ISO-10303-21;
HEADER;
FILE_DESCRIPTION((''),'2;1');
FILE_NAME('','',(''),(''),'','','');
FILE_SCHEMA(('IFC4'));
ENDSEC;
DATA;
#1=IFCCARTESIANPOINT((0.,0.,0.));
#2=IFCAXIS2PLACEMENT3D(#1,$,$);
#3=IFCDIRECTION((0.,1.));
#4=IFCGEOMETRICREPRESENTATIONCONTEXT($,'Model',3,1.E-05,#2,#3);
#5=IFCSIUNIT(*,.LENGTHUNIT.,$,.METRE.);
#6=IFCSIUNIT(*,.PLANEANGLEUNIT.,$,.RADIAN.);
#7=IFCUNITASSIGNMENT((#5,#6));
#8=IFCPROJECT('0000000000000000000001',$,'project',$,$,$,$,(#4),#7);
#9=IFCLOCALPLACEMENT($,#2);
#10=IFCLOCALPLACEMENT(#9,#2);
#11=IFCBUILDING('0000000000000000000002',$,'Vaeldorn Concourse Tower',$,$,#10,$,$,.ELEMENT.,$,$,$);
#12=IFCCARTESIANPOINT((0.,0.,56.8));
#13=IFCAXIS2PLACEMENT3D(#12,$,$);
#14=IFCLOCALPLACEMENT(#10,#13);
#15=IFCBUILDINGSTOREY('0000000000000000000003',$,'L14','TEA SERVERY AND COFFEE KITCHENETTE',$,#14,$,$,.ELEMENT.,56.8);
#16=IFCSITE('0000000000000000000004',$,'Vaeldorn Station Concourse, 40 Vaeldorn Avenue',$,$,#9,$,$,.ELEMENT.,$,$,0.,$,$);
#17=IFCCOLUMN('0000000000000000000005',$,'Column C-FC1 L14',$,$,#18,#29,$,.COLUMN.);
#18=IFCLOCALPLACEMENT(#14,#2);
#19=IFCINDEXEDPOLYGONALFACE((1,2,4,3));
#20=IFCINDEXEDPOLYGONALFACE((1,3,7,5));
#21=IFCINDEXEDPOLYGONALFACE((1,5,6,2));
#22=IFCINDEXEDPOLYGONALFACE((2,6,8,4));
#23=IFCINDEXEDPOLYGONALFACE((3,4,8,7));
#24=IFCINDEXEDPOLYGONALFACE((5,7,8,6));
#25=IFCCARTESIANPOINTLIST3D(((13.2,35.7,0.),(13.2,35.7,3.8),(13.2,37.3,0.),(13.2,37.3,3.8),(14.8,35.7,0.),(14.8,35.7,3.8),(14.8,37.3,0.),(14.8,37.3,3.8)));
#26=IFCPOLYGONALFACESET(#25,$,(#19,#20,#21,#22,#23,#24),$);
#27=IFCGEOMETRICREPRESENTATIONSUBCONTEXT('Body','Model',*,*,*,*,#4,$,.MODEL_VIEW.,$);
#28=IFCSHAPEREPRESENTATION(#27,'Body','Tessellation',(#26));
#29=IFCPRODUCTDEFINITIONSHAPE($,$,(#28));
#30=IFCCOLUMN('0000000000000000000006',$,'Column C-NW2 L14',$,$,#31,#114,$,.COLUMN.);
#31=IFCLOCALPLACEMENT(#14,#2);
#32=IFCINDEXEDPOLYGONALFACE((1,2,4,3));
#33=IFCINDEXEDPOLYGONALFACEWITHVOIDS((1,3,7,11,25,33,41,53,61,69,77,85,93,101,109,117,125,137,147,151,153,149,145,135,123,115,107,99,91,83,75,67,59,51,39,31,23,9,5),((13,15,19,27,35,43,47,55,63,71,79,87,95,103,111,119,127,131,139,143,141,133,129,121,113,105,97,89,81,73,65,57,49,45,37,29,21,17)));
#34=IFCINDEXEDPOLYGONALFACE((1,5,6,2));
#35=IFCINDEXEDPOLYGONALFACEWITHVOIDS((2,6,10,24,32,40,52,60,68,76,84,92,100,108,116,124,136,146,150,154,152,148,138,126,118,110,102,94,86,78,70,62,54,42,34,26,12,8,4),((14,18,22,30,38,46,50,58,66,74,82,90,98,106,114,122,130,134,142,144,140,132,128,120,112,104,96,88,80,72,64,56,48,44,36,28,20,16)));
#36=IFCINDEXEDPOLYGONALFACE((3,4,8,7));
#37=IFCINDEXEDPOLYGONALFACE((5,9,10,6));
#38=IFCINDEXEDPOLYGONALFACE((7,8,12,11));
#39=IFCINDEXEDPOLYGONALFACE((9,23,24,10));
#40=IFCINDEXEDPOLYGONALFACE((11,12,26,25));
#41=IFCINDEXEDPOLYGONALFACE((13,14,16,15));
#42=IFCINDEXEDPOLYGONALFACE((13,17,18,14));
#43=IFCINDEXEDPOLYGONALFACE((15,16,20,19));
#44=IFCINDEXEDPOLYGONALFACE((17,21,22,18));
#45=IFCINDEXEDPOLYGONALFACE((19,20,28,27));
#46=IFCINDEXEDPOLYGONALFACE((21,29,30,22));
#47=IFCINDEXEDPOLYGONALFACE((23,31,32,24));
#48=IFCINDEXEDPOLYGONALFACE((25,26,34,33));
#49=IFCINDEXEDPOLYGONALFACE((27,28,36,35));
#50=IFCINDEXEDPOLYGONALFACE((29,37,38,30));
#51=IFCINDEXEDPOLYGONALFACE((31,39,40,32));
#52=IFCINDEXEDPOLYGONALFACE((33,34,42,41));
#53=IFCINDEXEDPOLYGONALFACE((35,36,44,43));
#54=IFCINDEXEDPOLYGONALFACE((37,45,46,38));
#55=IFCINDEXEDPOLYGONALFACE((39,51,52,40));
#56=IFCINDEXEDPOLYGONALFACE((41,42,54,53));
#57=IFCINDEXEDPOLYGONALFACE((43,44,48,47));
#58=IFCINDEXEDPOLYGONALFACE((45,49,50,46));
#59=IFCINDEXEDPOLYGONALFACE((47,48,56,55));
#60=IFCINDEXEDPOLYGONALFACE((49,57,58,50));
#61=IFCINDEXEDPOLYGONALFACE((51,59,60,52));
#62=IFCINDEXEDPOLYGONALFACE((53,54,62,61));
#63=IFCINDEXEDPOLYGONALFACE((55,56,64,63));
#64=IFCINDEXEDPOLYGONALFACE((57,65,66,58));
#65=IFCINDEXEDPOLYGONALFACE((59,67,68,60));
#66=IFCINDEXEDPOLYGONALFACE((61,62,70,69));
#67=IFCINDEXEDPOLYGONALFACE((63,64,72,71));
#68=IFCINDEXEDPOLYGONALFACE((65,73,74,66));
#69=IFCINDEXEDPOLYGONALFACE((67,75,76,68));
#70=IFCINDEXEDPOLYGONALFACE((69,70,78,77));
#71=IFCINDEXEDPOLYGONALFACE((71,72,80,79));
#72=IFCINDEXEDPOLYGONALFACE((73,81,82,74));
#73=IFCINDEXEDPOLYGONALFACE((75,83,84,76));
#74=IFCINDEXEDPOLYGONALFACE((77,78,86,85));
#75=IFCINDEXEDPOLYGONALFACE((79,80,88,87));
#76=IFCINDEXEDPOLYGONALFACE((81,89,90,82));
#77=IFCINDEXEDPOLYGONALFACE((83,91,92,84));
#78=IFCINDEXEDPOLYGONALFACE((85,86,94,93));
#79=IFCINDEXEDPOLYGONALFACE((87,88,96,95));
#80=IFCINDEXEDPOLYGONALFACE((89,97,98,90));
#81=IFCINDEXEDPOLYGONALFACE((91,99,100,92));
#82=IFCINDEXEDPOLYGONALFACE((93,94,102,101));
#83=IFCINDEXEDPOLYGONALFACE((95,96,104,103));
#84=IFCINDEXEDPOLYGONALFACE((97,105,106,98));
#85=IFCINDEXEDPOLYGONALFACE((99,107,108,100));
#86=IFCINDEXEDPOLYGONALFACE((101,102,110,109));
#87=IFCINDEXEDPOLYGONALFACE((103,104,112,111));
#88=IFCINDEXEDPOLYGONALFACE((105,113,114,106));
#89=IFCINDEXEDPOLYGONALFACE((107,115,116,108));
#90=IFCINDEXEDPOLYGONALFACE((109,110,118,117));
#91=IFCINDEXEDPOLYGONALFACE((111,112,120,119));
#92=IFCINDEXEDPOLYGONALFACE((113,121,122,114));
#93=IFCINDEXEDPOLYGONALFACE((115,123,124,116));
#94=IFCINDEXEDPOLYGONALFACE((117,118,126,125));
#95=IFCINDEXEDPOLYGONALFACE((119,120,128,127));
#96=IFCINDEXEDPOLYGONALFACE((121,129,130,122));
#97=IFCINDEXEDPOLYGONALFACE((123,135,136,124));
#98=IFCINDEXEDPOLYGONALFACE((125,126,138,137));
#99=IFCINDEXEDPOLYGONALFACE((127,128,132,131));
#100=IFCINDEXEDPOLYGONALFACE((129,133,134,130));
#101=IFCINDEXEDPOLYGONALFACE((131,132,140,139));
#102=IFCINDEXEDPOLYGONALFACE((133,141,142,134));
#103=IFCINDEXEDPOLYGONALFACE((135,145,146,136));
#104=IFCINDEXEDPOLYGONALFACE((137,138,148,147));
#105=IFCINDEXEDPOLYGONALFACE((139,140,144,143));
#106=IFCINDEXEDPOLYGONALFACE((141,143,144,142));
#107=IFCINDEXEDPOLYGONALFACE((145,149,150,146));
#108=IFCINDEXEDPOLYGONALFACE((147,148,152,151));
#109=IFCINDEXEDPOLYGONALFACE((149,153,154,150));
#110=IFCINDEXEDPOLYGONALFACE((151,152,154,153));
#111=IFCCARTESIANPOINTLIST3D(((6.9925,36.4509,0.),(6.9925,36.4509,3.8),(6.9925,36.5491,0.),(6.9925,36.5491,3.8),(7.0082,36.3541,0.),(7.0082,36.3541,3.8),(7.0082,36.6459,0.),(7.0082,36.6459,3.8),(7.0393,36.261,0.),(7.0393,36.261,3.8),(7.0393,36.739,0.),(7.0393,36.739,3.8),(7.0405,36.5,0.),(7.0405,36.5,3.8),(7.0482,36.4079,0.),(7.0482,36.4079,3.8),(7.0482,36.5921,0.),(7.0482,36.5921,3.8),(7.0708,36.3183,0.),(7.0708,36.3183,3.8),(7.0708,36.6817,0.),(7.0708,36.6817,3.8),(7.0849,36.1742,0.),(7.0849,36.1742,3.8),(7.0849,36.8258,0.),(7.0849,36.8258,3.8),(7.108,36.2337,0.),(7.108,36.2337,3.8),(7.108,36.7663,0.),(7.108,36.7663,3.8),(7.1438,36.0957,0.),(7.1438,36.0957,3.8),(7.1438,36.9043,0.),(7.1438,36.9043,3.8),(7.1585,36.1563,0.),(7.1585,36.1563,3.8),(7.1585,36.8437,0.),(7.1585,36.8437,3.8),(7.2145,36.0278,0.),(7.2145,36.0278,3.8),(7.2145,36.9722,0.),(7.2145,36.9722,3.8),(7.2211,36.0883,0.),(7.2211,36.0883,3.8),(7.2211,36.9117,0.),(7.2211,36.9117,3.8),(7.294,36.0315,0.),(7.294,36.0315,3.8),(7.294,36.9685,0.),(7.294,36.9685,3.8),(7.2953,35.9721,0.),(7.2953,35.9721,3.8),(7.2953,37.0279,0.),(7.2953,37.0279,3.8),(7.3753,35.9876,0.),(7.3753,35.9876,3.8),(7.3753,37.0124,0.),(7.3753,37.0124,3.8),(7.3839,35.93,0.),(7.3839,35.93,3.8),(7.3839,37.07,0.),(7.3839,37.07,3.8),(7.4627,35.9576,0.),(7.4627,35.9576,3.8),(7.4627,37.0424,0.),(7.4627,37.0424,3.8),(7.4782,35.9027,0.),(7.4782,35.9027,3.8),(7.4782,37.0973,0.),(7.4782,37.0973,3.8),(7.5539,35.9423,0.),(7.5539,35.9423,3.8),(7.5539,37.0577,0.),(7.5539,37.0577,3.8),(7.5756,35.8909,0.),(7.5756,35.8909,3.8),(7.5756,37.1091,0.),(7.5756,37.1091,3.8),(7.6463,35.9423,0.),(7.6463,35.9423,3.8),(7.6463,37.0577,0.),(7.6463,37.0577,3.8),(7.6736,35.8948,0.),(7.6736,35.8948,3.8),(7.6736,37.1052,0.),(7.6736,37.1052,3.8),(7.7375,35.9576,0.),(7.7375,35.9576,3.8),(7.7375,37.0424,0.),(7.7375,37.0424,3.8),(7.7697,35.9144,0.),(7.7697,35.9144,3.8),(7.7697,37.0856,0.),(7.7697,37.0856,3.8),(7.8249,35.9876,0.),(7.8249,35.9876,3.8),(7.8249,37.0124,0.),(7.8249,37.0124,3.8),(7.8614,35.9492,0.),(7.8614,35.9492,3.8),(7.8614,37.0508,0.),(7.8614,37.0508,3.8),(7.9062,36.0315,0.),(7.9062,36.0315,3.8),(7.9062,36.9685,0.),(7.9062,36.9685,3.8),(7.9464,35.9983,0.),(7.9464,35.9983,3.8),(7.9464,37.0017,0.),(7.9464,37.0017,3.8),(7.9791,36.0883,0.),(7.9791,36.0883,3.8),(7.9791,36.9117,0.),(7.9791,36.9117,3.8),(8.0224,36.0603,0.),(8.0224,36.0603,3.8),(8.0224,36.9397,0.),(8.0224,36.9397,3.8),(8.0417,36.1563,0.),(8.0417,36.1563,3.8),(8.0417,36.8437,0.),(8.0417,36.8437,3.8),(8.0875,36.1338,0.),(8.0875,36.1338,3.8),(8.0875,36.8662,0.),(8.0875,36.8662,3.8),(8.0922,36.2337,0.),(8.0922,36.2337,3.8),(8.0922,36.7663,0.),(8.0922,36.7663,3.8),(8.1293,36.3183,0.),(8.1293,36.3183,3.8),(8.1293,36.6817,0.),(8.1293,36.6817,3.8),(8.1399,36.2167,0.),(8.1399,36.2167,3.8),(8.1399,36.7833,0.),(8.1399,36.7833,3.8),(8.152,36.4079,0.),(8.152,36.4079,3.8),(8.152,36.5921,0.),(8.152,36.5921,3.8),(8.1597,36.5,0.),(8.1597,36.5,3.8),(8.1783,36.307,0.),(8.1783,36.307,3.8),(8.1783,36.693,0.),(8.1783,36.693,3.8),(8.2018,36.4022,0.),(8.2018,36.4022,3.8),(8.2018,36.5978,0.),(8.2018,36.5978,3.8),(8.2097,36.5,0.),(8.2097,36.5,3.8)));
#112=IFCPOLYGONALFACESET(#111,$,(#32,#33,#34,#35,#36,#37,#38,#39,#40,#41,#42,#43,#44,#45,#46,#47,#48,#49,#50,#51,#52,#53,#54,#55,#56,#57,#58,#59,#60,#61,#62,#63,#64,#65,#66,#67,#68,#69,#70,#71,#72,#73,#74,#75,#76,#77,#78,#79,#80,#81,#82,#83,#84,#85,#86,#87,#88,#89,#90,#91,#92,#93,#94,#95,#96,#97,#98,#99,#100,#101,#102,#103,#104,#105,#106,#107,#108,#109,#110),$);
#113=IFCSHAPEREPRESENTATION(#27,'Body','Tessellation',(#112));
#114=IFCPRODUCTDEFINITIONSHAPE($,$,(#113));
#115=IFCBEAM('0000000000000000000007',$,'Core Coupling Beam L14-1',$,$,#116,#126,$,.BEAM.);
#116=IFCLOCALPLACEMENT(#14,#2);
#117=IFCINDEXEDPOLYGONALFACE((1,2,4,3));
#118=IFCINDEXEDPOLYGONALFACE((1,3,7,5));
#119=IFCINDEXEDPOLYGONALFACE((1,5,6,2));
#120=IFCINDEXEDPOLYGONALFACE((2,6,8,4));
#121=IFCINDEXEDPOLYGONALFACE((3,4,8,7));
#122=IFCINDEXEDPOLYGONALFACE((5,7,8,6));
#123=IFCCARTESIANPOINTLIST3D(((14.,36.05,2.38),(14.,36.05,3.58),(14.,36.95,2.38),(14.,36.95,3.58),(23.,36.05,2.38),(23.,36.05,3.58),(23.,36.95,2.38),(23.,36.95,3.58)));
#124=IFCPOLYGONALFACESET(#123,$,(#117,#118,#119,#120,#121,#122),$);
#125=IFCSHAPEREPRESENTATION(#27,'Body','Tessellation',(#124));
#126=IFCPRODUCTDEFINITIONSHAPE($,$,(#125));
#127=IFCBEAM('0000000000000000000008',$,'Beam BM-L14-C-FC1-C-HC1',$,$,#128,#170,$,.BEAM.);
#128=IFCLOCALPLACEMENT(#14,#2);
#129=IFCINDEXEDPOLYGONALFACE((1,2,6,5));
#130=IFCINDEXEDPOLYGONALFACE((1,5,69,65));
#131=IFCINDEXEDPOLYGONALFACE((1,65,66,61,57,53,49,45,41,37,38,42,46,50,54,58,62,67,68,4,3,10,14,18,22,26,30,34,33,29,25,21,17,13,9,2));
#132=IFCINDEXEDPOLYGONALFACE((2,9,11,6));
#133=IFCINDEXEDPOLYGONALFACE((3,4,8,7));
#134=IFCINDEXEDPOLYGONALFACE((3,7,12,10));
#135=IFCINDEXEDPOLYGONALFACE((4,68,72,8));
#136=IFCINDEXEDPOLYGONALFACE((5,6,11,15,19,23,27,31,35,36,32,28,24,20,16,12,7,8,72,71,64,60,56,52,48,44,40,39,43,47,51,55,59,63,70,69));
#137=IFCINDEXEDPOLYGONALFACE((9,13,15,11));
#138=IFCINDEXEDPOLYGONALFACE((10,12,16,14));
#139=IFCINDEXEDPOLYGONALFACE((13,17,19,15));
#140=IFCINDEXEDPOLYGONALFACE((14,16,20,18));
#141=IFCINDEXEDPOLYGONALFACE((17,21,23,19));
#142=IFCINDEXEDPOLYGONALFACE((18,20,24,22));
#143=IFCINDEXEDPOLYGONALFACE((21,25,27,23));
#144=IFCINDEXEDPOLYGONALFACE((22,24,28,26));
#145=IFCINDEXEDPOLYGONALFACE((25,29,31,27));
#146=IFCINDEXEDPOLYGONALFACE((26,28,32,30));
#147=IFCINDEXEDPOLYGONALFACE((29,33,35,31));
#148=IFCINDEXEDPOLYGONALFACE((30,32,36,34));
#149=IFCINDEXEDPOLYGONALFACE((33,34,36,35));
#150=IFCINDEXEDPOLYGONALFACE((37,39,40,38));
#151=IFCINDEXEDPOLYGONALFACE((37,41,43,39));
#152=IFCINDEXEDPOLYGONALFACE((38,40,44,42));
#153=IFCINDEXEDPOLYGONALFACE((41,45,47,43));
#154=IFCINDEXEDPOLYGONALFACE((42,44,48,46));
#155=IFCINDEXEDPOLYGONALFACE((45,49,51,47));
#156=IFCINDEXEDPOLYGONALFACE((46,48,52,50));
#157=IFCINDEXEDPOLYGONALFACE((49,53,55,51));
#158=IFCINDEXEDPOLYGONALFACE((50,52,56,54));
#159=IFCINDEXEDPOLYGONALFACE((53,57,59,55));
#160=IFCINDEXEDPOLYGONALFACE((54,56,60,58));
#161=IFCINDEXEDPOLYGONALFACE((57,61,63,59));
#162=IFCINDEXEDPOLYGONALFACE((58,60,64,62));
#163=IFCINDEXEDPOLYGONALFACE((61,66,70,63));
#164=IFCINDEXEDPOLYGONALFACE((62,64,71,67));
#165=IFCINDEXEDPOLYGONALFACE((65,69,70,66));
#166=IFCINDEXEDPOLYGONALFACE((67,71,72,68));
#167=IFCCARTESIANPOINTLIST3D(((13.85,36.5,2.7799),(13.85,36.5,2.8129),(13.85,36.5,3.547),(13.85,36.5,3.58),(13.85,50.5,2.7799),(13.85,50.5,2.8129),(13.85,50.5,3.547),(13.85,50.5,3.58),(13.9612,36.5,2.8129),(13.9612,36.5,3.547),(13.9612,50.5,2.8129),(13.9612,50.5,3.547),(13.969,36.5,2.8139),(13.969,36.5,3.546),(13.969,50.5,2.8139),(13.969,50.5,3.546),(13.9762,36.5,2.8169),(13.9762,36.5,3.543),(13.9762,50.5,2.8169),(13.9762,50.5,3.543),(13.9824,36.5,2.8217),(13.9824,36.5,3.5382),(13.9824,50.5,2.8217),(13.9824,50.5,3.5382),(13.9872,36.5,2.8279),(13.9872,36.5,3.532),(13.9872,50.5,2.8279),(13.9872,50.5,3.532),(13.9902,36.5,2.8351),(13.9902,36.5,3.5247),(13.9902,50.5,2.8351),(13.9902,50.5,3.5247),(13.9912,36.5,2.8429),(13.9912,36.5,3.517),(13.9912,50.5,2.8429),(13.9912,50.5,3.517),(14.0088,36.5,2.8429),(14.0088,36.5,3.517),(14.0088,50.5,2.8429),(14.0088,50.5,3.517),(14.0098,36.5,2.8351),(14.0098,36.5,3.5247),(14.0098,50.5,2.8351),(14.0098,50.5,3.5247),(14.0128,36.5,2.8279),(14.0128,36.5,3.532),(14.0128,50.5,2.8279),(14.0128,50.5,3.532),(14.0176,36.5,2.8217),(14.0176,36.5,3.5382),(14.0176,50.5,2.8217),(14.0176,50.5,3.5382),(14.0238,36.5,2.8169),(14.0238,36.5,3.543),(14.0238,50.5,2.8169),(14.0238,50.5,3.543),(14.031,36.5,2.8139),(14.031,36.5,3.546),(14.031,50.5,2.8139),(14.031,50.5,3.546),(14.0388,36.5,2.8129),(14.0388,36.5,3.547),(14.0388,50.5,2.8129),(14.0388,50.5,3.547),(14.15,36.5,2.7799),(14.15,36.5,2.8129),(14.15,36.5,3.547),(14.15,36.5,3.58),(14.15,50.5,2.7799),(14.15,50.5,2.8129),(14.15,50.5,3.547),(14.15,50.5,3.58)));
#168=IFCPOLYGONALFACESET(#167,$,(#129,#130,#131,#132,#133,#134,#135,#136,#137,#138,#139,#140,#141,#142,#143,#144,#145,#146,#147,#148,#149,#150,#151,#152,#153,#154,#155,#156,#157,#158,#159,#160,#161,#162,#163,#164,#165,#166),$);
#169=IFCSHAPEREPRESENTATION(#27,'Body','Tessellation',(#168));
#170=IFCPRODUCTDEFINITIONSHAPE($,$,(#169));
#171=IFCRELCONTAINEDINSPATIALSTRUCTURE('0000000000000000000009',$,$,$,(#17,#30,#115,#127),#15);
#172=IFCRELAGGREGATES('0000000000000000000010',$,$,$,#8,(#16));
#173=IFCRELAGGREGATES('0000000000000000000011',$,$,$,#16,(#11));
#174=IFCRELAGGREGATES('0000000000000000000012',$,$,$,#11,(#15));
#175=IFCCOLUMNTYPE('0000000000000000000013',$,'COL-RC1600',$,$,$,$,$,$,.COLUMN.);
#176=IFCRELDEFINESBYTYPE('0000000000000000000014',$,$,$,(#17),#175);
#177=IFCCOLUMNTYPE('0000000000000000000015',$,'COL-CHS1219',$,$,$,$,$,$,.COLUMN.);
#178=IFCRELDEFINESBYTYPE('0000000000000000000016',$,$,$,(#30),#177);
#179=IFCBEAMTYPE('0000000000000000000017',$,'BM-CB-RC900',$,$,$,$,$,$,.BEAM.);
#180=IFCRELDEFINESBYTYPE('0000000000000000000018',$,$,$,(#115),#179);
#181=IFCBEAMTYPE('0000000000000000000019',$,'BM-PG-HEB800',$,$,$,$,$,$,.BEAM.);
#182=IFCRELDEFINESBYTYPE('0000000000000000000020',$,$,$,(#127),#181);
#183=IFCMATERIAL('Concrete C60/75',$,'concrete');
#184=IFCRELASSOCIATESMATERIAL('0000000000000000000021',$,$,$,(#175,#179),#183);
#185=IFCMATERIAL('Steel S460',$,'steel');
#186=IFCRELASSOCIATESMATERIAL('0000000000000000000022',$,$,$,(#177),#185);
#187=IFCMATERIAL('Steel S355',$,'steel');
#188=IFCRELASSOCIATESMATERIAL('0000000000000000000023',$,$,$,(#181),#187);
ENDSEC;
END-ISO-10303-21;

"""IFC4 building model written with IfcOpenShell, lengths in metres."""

from ifc_helpers import new_model, si_unit, direction, frame, origin, origin_2d, place, context, subcontext, project, spatial, rectangle, hollow_circle, i_section, extrude, source, transform, mapped, material, material_profile, profile_set, type_object, element, save


model = new_model("IFC4")

# Units and contexts
model_context = context("Model", 3, precision=1e-05, world=origin(), true_north=direction((0.0, 1.0)))
body_context = subcontext(model_context, "Body", "Model", "MODEL_VIEW")
ifc_project = project(units=[si_unit("LENGTHUNIT", "METRE"), si_unit("PLANEANGLEUNIT", "RADIAN")], contexts=[model_context])

# Site, building, storey
site_placement = place(None, origin())
site = spatial("IfcSite", under=ifc_project, at=site_placement, Name="Vaeldorn Station Concourse, 40 Vaeldorn Avenue", CompositionType="ELEMENT", RefElevation=0.0)
building_placement = place(site_placement, origin())
building = spatial("IfcBuilding", under=site, at=building_placement, Name="Vaeldorn Concourse Tower", CompositionType="ELEMENT")
storey_placement = place(building_placement, frame((0.0, 0.0, 56.8)))
storey = spatial("IfcBuildingStorey", under=building, at=storey_placement, Name="L14", Description="TEA SERVERY AND COFFEE KITCHENETTE", CompositionType="ELEMENT", Elevation=56.8)

# Columns
ifc_material_1 = material(Name="Concrete C60/75", Category="concrete")
ifc_material_profile_1 = material_profile(ifc_material_1, rectangle(XDim=1.6001, YDim=1.6001, at=origin_2d()), Name="RC 1600x1600")
ifc_profile_set_1 = profile_set([ifc_material_profile_1], Name="Concrete C60/75")
column_type_1 = type_object("IfcColumnType", Name="COL-RC1600", PredefinedType="COLUMN", material=ifc_profile_set_1)
shared_shape_1 = source(origin(), body_context, "Body", "SweptSolid", [
    extrude(rectangle(XDim=1.6001, YDim=1.6001, at=origin_2d()), origin(), (0.0, 0.0, 1.0), 3.8),
])
column_1_placement = place(storey_placement, frame((14.0, 36.5, 0.0), z_axis=(0.0, 0.0, 1.0), x_axis=(1.0, 0.0, 0.0)))
element("IfcColumn", 1, at=column_1_placement, inside=storey, type_object=column_type_1, Name="Column C-FC1 L14", PredefinedType="COLUMN", context=body_context, shape_type="MappedRepresentation", body=[
    mapped(shared_shape_1, transform((0.0, 0.0, 0.0), scale=1.0)),
])
ifc_material_2 = material(Name="Steel S460", Category="steel")
ifc_material_profile_2 = material_profile(ifc_material_2, hollow_circle(Radius=0.6096, WallThickness=0.05, at=origin_2d()), Name="CHS 1219x50")
ifc_profile_set_2 = profile_set([ifc_material_profile_2], Name="Steel S460")
column_type_2 = type_object("IfcColumnType", Name="COL-CHS1219", PredefinedType="COLUMN", material=ifc_profile_set_2)
shared_shape_2 = source(origin(), body_context, "Body", "SweptSolid", [
    extrude(hollow_circle(Radius=0.6096, WallThickness=0.05, at=origin_2d()), origin(), (0.0, 0.0, 1.0), 3.8),
])
column_2_placement = place(storey_placement, frame((7.6001, 36.5, 0.0), z_axis=(0.0, 0.0, 1.0), x_axis=(1.0, 0.0, 0.0)))
element("IfcColumn", 2, at=column_2_placement, inside=storey, type_object=column_type_2, Name="Column C-NW2 L14", PredefinedType="COLUMN", context=body_context, shape_type="MappedRepresentation", body=[
    mapped(shared_shape_2, transform((0.0, 0.0, 0.0), scale=1.0)),
])

# Beams
ifc_material_profile_3 = material_profile(ifc_material_1, rectangle(XDim=0.8999, YDim=1.2, at=origin_2d()), Name="RC 900x1200")
ifc_profile_set_3 = profile_set([ifc_material_profile_3], Name="Concrete C60/75")
beam_type_1 = type_object("IfcBeamType", Name="BM-CB-RC900", PredefinedType="BEAM", material=ifc_profile_set_3)
shared_shape_3 = source(origin(), body_context, "Body", "SweptSolid", [
    extrude(rectangle(XDim=0.8999, YDim=1.2, at=origin_2d()), origin(), (0.0, 0.0, 1.0), 9.0),
])
beam_1_placement = place(storey_placement, frame((14.0, 36.5, 2.98), z_axis=(1.0, 0.0, 0.0), x_axis=(0.0, 1.0, 0.0)))
element("IfcBeam", 3, at=beam_1_placement, inside=storey, type_object=beam_type_1, Name="Core Coupling Beam L14-1", PredefinedType="BEAM", context=body_context, shape_type="MappedRepresentation", body=[
    mapped(shared_shape_3, transform((0.0, 0.0, 0.0), scale=1.0)),
])
ifc_material_3 = material(Name="Steel S355", Category="steel")
ifc_material_profile_4 = material_profile(ifc_material_3, i_section(OverallWidth=0.3, OverallDepth=0.8, WebThickness=0.0176, FlangeThickness=0.033, FilletRadius=0.03, at=origin_2d()), Name="HEB 800")
ifc_profile_set_4 = profile_set([ifc_material_profile_4], Name="Steel S355")
beam_type_2 = type_object("IfcBeamType", Name="BM-PG-HEB800", PredefinedType="BEAM", material=ifc_profile_set_4)
shared_shape_4 = source(origin(), body_context, "Body", "SweptSolid", [
    extrude(i_section(OverallWidth=0.3, OverallDepth=0.8, WebThickness=0.0176, FlangeThickness=0.033, FilletRadius=0.03, at=origin_2d()), origin(), (0.0, 0.0, 1.0), 14.0),
])
beam_2_placement = place(storey_placement, frame((14.0, 36.5, 3.1799), z_axis=(0.0, 1.0, 0.0), x_axis=(-1.0, 0.0, 0.0)))
element("IfcBeam", 4, at=beam_2_placement, inside=storey, type_object=beam_type_2, Name="Beam BM-L14-C-FC1-C-HC1", PredefinedType="BEAM", context=body_context, shape_type="MappedRepresentation", body=[
    mapped(shared_shape_4, transform((0.0, 0.0, 0.0), scale=1.0)),
])

save(model, "model.ifc")
